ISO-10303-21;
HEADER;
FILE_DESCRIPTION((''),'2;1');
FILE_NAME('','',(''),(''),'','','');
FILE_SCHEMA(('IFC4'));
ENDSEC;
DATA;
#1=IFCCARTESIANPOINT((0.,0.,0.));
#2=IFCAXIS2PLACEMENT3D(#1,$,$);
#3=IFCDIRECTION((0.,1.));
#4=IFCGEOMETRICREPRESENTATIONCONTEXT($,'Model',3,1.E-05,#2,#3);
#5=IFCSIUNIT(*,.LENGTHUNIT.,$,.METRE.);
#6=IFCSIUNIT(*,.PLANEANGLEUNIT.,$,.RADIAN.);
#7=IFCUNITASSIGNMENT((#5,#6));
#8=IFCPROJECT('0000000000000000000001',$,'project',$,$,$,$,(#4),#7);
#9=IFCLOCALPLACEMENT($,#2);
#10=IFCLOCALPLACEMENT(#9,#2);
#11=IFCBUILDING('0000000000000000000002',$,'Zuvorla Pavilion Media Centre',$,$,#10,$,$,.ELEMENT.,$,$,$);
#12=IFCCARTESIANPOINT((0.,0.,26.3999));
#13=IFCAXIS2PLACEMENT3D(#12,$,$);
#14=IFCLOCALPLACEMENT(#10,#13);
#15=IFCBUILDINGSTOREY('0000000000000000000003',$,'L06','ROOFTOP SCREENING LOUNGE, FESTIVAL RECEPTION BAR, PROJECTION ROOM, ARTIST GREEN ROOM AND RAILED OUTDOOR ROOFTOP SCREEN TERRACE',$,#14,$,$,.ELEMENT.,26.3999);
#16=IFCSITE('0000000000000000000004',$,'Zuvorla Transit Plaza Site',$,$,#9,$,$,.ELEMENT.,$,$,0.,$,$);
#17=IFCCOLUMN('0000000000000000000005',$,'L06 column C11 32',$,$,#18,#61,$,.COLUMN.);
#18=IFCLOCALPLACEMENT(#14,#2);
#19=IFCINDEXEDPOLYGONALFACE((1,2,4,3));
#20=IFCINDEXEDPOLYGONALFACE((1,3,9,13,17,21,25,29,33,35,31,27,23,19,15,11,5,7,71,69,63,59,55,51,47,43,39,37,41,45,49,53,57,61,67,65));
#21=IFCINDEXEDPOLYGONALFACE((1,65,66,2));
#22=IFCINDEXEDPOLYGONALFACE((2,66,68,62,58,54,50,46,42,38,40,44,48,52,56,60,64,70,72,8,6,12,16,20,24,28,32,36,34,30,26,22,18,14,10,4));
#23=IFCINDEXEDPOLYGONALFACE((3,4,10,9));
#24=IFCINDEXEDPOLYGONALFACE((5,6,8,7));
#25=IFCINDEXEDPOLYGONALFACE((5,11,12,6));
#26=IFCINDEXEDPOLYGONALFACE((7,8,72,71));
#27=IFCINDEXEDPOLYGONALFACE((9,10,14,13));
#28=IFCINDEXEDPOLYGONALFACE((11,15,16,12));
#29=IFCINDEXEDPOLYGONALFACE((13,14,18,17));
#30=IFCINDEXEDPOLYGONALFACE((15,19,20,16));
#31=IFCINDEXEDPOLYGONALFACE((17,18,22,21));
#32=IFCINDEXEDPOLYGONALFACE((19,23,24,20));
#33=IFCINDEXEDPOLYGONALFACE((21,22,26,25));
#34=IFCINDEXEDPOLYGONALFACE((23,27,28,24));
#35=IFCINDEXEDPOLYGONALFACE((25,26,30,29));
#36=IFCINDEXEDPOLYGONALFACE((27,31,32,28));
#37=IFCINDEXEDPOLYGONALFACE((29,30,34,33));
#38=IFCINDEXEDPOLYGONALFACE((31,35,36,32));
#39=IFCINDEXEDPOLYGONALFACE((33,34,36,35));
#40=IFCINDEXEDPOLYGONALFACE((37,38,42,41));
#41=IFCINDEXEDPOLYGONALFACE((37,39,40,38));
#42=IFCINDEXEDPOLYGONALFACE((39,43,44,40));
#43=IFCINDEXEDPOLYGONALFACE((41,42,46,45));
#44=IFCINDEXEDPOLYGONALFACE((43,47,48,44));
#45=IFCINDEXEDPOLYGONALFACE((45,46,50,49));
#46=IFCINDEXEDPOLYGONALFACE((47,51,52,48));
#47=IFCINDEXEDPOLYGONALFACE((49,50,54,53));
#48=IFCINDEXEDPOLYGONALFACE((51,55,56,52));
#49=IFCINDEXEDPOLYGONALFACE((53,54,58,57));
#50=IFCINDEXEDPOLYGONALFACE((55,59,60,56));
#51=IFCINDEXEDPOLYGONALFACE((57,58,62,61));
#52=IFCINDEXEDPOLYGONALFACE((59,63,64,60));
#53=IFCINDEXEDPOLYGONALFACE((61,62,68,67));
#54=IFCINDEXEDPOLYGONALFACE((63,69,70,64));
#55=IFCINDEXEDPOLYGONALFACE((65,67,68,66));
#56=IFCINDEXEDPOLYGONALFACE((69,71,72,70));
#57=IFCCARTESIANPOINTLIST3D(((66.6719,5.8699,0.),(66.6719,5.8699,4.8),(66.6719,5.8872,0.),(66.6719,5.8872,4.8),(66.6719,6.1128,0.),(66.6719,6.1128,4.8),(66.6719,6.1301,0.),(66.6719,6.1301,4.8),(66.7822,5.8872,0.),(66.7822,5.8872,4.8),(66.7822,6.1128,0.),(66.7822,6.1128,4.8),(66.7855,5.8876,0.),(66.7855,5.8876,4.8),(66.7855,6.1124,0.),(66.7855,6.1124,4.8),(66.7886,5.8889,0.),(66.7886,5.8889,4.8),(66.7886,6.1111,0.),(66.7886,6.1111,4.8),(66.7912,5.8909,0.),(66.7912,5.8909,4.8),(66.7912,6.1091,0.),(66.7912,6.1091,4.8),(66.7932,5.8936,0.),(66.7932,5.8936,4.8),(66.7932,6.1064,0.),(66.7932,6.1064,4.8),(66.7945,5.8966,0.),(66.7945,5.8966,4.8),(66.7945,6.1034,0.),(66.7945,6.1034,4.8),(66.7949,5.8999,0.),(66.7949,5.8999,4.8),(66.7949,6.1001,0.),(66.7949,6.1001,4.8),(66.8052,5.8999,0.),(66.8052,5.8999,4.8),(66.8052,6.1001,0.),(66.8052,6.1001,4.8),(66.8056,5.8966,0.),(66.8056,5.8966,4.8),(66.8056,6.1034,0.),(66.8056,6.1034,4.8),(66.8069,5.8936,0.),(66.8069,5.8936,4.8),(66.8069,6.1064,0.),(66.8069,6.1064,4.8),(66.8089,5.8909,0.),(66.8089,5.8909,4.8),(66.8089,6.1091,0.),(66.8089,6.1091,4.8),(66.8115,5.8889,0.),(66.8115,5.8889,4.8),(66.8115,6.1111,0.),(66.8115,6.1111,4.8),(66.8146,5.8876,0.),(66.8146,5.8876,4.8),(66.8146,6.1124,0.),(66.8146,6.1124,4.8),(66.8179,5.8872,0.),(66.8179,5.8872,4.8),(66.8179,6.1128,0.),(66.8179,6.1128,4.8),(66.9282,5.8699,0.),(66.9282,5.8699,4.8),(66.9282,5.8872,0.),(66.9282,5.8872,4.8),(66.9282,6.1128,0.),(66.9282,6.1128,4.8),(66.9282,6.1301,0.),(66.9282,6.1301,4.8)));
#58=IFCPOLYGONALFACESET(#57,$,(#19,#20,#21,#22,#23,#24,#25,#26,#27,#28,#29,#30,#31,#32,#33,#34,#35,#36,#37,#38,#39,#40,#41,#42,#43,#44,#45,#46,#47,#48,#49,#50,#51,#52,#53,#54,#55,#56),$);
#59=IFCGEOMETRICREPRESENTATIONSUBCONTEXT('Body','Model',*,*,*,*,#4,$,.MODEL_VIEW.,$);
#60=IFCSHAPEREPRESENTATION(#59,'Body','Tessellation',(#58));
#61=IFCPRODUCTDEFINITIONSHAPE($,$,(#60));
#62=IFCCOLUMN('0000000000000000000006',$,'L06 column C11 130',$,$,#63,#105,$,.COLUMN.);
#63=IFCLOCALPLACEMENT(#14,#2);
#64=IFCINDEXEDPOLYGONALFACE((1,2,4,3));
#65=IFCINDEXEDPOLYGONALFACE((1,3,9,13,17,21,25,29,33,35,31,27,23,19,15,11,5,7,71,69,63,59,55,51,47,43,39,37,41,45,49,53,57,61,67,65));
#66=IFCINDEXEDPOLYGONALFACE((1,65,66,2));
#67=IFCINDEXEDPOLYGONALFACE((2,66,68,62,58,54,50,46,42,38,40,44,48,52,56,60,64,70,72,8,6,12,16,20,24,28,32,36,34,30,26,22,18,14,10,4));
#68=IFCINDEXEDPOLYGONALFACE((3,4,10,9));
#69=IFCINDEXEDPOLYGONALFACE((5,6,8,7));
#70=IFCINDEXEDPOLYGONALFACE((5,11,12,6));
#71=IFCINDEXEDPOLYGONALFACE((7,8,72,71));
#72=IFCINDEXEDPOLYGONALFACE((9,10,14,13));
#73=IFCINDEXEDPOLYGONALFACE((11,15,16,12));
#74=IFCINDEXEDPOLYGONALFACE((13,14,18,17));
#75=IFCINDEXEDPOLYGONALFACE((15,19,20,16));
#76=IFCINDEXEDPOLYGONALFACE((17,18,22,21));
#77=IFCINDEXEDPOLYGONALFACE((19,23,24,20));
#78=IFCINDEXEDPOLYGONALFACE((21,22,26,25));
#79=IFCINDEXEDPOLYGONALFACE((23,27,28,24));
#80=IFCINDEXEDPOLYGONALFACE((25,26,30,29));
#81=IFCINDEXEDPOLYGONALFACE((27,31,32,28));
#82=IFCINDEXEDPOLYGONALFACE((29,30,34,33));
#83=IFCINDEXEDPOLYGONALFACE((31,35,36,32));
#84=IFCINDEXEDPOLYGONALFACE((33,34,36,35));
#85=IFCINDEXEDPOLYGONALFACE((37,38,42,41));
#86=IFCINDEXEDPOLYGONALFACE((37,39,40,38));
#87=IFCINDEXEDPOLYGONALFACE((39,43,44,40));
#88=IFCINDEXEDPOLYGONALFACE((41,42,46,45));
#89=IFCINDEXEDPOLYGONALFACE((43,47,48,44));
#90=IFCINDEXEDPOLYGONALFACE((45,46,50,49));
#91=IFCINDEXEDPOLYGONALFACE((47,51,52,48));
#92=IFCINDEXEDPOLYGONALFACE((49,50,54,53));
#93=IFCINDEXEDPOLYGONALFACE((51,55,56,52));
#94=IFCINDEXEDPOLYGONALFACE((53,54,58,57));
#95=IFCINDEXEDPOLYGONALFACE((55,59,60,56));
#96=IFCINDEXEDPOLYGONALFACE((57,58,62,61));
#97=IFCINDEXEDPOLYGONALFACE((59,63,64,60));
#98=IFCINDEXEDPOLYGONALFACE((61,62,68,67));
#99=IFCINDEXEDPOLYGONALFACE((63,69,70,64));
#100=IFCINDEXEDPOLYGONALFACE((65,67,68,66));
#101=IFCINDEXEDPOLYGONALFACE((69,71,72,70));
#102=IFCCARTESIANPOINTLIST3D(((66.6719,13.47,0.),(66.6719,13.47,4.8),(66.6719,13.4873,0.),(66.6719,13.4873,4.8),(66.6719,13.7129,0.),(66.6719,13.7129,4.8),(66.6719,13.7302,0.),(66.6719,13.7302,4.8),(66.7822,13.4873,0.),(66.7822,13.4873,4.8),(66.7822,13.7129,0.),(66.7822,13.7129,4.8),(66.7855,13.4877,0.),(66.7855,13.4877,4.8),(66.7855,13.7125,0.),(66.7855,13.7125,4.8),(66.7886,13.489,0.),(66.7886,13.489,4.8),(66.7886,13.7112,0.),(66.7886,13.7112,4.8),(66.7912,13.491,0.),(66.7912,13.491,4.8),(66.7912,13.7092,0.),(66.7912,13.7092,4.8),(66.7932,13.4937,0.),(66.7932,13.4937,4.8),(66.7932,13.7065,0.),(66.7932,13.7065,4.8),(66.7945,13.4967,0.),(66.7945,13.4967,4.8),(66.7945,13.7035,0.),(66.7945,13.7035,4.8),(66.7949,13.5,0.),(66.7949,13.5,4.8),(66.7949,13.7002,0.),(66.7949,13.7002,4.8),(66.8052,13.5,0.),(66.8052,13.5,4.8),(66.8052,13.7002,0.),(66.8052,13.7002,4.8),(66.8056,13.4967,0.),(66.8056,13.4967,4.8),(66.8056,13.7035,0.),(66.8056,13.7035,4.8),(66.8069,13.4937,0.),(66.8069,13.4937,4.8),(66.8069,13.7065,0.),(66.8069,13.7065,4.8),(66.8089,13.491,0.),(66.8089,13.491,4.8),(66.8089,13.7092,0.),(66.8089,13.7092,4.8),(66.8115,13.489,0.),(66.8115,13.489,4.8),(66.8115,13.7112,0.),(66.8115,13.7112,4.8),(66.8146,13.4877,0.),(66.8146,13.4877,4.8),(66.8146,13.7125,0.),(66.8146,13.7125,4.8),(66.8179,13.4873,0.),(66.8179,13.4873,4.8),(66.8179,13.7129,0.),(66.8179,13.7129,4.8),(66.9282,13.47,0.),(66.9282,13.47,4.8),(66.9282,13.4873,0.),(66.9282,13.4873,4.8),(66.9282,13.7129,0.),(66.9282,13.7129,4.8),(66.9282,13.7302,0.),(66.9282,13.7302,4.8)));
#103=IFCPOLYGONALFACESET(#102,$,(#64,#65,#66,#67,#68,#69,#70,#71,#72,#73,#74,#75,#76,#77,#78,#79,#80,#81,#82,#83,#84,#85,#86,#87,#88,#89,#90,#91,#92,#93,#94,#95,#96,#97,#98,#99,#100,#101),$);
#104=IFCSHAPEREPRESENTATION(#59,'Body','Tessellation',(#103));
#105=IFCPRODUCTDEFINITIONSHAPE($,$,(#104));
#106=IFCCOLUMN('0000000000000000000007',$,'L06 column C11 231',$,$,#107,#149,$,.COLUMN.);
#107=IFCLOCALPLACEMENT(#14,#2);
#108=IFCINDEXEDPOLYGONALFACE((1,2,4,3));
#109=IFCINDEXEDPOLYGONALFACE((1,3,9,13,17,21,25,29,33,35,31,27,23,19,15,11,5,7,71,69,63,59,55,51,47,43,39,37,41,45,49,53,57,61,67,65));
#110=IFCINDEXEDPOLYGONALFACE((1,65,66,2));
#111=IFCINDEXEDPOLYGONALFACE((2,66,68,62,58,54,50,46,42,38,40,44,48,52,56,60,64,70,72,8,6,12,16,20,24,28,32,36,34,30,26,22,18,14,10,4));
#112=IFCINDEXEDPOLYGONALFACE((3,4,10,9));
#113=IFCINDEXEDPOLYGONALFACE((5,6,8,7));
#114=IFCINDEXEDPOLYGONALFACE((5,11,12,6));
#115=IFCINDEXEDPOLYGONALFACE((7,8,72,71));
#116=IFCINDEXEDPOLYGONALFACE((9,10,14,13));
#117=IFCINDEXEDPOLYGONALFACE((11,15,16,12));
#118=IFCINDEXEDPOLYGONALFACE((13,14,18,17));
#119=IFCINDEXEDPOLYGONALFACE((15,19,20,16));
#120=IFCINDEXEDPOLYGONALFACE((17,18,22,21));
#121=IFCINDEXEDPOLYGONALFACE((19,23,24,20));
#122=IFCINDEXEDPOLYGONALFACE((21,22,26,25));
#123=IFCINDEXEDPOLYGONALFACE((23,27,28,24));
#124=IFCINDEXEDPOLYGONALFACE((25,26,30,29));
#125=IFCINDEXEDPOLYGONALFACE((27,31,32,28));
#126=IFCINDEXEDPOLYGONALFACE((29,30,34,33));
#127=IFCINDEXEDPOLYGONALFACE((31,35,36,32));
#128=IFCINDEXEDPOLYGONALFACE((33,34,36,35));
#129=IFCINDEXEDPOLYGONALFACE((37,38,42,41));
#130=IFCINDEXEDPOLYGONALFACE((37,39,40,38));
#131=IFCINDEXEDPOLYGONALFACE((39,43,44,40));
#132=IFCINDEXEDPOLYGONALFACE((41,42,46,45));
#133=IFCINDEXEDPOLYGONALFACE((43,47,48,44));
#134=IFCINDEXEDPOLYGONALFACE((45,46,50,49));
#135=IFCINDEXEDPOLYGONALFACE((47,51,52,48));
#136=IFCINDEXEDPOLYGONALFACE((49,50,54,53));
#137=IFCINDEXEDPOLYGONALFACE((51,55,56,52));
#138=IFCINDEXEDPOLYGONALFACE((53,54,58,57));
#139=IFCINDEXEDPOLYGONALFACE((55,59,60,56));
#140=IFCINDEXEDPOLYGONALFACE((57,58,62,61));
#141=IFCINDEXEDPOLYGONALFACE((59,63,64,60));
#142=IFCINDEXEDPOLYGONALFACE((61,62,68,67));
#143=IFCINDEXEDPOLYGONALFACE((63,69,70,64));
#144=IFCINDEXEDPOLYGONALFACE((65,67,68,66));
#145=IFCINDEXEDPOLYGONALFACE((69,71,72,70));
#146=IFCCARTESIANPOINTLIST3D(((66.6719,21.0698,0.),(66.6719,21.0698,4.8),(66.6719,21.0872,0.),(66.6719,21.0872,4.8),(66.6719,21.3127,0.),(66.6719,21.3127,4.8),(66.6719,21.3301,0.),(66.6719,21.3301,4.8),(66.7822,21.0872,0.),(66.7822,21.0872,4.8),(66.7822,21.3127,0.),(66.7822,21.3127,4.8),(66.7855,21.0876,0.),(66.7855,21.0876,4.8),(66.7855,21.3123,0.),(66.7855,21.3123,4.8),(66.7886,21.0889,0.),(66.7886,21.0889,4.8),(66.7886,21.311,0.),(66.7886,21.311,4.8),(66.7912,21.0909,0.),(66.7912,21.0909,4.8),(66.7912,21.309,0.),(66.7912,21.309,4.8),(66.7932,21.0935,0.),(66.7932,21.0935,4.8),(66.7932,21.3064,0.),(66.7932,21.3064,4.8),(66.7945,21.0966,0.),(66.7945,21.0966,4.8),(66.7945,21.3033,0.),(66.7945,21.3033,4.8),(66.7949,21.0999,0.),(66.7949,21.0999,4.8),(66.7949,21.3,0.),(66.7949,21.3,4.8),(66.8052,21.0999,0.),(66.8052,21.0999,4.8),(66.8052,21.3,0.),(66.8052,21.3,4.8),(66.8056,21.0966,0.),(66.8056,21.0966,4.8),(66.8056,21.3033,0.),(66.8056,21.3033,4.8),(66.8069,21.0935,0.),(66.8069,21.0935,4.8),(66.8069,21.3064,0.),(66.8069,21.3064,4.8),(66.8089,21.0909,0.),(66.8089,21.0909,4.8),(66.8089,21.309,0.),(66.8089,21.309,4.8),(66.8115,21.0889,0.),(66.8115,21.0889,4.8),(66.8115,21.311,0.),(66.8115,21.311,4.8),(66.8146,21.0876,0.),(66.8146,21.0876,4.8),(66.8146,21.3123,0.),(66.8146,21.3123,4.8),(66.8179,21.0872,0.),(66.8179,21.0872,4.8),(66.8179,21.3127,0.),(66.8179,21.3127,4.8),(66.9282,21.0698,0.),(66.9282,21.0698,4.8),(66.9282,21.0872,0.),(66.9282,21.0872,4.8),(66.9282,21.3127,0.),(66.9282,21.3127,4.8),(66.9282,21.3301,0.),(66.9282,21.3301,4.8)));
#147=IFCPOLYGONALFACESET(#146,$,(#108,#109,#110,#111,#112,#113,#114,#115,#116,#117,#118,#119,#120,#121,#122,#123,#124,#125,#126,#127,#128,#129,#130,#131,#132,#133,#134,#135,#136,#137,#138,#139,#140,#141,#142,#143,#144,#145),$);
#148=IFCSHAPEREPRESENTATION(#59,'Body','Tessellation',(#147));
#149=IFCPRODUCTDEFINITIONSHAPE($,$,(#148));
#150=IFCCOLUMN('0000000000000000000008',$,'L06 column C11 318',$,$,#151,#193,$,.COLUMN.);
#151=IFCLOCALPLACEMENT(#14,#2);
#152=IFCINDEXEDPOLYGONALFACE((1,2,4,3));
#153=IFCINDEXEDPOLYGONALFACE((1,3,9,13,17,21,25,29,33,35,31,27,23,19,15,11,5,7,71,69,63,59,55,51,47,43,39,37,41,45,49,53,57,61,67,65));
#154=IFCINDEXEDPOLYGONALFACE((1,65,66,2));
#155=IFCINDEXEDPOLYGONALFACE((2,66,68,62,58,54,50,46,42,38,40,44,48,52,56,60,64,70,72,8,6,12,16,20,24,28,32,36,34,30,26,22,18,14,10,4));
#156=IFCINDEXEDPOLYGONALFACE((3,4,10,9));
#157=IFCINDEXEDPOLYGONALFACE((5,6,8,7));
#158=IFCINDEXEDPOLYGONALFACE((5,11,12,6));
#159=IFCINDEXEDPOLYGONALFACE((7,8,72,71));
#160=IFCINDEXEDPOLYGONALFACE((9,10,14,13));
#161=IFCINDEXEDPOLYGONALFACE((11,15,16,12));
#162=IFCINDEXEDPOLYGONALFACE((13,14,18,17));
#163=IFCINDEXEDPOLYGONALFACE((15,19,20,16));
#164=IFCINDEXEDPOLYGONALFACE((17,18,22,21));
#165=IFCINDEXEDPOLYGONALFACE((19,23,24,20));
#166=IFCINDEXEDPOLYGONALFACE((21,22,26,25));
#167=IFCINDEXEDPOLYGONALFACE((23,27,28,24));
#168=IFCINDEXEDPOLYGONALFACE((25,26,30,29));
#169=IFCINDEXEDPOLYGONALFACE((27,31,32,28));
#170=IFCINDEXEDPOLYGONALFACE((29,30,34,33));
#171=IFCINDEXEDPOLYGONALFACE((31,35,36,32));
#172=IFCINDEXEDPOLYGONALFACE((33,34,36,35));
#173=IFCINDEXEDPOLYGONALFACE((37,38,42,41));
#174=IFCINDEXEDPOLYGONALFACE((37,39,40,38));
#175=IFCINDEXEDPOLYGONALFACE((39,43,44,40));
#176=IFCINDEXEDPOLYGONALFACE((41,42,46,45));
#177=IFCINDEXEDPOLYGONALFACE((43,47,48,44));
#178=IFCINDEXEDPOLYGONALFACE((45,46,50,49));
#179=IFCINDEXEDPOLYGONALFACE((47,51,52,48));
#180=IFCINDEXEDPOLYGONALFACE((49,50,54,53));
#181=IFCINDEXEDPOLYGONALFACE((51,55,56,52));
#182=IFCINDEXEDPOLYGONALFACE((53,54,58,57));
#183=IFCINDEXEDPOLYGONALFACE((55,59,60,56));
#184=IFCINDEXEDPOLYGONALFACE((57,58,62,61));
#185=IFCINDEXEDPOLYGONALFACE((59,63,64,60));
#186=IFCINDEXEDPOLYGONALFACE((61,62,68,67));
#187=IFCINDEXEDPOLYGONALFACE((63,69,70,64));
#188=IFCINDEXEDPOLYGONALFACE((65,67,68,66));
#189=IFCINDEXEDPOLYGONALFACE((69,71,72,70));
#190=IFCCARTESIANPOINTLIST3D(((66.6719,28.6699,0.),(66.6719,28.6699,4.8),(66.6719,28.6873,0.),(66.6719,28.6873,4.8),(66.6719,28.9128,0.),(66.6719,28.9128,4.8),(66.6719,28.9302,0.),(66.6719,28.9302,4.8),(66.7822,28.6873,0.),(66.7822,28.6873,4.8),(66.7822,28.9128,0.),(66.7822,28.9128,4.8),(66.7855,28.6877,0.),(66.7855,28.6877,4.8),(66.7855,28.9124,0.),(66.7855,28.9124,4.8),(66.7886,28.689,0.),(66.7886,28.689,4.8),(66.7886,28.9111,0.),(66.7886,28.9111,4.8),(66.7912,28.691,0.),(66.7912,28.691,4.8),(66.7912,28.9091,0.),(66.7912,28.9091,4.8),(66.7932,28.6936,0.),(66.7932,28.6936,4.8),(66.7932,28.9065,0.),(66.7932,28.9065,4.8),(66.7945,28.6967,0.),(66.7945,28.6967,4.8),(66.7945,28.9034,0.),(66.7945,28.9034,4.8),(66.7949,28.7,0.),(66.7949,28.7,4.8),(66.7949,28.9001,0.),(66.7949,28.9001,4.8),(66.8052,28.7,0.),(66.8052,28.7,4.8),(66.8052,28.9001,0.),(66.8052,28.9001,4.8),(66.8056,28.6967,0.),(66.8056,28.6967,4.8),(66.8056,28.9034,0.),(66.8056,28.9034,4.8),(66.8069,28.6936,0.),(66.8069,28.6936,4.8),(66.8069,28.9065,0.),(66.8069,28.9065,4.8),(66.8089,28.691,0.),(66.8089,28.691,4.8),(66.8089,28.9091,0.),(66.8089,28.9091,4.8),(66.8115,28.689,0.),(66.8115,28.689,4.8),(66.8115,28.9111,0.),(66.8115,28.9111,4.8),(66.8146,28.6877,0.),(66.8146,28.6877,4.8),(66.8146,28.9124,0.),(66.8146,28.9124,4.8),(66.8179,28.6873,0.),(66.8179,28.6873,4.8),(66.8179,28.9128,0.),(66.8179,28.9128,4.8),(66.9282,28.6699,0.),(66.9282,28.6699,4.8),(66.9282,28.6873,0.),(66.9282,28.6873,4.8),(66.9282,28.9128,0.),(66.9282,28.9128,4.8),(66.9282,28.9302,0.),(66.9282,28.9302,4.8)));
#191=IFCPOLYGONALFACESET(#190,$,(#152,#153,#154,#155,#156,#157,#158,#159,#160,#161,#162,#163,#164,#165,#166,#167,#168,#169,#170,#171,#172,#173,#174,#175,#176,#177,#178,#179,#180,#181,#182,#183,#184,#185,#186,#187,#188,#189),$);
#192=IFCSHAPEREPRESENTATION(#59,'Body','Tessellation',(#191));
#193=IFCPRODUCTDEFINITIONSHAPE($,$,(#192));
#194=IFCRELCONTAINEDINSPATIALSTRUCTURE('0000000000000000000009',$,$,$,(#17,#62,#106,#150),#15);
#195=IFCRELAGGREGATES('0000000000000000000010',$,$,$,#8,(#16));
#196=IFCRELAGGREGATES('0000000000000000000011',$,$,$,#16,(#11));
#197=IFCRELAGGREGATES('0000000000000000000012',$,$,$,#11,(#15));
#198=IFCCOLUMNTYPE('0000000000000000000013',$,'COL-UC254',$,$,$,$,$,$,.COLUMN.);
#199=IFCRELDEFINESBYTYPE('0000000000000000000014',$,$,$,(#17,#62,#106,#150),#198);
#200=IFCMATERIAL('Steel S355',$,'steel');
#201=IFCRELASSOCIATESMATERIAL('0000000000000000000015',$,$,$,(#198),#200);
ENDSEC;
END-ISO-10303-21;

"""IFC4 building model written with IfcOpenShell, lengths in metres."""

from ifc_helpers import new_model, si_unit, direction, frame, origin, origin_2d, place, context, subcontext, project, spatial, i_section, extrude, material, material_profile, profile_set, type_object, element, save


model = new_model("IFC4")

# Units and contexts
model_context = context("Model", 3, precision=1e-05, world=origin(), true_north=direction((0.0, 1.0)))
body_context = subcontext(model_context, "Body", "Model", "MODEL_VIEW")
ifc_project = project(units=[si_unit("LENGTHUNIT", "METRE"), si_unit("PLANEANGLEUNIT", "RADIAN")], contexts=[model_context])

# Site, building, storey
site_placement = place(None, origin())
site = spatial("IfcSite", under=ifc_project, at=site_placement, Name="Zuvorla Transit Plaza Site", CompositionType="ELEMENT", RefElevation=0.0)
building_placement = place(site_placement, origin())
building = spatial("IfcBuilding", under=site, at=building_placement, Name="Zuvorla Pavilion Media Centre", CompositionType="ELEMENT")
storey_placement = place(building_placement, frame((0.0, 0.0, 26.3999)))
storey = spatial("IfcBuildingStorey", under=building, at=storey_placement, Name="L06", Description="ROOFTOP SCREENING LOUNGE, FESTIVAL RECEPTION BAR, PROJECTION ROOM, ARTIST GREEN ROOM AND RAILED OUTDOOR ROOFTOP SCREEN TERRACE", CompositionType="ELEMENT", Elevation=26.3999)

# Columns
ifc_material_1 = material(Name="Steel S355", Category="steel")
ifc_material_profile_1 = material_profile(ifc_material_1, i_section(OverallWidth=0.2563, OverallDepth=0.2603, WebThickness=0.0103, FlangeThickness=0.0173, FilletRadius=0.0127, at=origin_2d()), Name="UC 254x254x89")
ifc_profile_set_1 = profile_set([ifc_material_profile_1], Name="Steel S355")
column_type = type_object("IfcColumnType", Name="COL-UC254", PredefinedType="COLUMN", material=ifc_profile_set_1)
for number, where, z_axis, x_axis, name in (
    (1, (66.8, 6.0, 0.0), (0.0, 0.0, 1.0), (1.0, 0.0, 0.0), "L06 column C11 32"),
    (2, (66.8, 13.6001, 0.0), (0.0, 0.0, 1.0), (1.0, 0.0, 0.0), "L06 column C11 130"),
    (3, (66.8, 21.2, 0.0), (0.0, 0.0, 1.0), (1.0, 0.0, 0.0), "L06 column C11 231"),
    (4, (66.8, 28.8, 0.0), (0.0, 0.0, 1.0), (1.0, 0.0, 0.0), "L06 column C11 318"),
):
    element("IfcColumn", number, at=place(storey_placement, frame(where, z_axis=z_axis, x_axis=x_axis)), inside=storey, type_object=column_type, Name=name, PredefinedType="COLUMN", context=body_context, shape_type="SweptSolid", body=[
        extrude(i_section(OverallWidth=0.2563, OverallDepth=0.2603, WebThickness=0.0103, FlangeThickness=0.0173, FilletRadius=0.0127, at=origin_2d()), origin(), (0.0, 0.0, 1.0), 4.8),
    ])

save(model, "model.ifc")
